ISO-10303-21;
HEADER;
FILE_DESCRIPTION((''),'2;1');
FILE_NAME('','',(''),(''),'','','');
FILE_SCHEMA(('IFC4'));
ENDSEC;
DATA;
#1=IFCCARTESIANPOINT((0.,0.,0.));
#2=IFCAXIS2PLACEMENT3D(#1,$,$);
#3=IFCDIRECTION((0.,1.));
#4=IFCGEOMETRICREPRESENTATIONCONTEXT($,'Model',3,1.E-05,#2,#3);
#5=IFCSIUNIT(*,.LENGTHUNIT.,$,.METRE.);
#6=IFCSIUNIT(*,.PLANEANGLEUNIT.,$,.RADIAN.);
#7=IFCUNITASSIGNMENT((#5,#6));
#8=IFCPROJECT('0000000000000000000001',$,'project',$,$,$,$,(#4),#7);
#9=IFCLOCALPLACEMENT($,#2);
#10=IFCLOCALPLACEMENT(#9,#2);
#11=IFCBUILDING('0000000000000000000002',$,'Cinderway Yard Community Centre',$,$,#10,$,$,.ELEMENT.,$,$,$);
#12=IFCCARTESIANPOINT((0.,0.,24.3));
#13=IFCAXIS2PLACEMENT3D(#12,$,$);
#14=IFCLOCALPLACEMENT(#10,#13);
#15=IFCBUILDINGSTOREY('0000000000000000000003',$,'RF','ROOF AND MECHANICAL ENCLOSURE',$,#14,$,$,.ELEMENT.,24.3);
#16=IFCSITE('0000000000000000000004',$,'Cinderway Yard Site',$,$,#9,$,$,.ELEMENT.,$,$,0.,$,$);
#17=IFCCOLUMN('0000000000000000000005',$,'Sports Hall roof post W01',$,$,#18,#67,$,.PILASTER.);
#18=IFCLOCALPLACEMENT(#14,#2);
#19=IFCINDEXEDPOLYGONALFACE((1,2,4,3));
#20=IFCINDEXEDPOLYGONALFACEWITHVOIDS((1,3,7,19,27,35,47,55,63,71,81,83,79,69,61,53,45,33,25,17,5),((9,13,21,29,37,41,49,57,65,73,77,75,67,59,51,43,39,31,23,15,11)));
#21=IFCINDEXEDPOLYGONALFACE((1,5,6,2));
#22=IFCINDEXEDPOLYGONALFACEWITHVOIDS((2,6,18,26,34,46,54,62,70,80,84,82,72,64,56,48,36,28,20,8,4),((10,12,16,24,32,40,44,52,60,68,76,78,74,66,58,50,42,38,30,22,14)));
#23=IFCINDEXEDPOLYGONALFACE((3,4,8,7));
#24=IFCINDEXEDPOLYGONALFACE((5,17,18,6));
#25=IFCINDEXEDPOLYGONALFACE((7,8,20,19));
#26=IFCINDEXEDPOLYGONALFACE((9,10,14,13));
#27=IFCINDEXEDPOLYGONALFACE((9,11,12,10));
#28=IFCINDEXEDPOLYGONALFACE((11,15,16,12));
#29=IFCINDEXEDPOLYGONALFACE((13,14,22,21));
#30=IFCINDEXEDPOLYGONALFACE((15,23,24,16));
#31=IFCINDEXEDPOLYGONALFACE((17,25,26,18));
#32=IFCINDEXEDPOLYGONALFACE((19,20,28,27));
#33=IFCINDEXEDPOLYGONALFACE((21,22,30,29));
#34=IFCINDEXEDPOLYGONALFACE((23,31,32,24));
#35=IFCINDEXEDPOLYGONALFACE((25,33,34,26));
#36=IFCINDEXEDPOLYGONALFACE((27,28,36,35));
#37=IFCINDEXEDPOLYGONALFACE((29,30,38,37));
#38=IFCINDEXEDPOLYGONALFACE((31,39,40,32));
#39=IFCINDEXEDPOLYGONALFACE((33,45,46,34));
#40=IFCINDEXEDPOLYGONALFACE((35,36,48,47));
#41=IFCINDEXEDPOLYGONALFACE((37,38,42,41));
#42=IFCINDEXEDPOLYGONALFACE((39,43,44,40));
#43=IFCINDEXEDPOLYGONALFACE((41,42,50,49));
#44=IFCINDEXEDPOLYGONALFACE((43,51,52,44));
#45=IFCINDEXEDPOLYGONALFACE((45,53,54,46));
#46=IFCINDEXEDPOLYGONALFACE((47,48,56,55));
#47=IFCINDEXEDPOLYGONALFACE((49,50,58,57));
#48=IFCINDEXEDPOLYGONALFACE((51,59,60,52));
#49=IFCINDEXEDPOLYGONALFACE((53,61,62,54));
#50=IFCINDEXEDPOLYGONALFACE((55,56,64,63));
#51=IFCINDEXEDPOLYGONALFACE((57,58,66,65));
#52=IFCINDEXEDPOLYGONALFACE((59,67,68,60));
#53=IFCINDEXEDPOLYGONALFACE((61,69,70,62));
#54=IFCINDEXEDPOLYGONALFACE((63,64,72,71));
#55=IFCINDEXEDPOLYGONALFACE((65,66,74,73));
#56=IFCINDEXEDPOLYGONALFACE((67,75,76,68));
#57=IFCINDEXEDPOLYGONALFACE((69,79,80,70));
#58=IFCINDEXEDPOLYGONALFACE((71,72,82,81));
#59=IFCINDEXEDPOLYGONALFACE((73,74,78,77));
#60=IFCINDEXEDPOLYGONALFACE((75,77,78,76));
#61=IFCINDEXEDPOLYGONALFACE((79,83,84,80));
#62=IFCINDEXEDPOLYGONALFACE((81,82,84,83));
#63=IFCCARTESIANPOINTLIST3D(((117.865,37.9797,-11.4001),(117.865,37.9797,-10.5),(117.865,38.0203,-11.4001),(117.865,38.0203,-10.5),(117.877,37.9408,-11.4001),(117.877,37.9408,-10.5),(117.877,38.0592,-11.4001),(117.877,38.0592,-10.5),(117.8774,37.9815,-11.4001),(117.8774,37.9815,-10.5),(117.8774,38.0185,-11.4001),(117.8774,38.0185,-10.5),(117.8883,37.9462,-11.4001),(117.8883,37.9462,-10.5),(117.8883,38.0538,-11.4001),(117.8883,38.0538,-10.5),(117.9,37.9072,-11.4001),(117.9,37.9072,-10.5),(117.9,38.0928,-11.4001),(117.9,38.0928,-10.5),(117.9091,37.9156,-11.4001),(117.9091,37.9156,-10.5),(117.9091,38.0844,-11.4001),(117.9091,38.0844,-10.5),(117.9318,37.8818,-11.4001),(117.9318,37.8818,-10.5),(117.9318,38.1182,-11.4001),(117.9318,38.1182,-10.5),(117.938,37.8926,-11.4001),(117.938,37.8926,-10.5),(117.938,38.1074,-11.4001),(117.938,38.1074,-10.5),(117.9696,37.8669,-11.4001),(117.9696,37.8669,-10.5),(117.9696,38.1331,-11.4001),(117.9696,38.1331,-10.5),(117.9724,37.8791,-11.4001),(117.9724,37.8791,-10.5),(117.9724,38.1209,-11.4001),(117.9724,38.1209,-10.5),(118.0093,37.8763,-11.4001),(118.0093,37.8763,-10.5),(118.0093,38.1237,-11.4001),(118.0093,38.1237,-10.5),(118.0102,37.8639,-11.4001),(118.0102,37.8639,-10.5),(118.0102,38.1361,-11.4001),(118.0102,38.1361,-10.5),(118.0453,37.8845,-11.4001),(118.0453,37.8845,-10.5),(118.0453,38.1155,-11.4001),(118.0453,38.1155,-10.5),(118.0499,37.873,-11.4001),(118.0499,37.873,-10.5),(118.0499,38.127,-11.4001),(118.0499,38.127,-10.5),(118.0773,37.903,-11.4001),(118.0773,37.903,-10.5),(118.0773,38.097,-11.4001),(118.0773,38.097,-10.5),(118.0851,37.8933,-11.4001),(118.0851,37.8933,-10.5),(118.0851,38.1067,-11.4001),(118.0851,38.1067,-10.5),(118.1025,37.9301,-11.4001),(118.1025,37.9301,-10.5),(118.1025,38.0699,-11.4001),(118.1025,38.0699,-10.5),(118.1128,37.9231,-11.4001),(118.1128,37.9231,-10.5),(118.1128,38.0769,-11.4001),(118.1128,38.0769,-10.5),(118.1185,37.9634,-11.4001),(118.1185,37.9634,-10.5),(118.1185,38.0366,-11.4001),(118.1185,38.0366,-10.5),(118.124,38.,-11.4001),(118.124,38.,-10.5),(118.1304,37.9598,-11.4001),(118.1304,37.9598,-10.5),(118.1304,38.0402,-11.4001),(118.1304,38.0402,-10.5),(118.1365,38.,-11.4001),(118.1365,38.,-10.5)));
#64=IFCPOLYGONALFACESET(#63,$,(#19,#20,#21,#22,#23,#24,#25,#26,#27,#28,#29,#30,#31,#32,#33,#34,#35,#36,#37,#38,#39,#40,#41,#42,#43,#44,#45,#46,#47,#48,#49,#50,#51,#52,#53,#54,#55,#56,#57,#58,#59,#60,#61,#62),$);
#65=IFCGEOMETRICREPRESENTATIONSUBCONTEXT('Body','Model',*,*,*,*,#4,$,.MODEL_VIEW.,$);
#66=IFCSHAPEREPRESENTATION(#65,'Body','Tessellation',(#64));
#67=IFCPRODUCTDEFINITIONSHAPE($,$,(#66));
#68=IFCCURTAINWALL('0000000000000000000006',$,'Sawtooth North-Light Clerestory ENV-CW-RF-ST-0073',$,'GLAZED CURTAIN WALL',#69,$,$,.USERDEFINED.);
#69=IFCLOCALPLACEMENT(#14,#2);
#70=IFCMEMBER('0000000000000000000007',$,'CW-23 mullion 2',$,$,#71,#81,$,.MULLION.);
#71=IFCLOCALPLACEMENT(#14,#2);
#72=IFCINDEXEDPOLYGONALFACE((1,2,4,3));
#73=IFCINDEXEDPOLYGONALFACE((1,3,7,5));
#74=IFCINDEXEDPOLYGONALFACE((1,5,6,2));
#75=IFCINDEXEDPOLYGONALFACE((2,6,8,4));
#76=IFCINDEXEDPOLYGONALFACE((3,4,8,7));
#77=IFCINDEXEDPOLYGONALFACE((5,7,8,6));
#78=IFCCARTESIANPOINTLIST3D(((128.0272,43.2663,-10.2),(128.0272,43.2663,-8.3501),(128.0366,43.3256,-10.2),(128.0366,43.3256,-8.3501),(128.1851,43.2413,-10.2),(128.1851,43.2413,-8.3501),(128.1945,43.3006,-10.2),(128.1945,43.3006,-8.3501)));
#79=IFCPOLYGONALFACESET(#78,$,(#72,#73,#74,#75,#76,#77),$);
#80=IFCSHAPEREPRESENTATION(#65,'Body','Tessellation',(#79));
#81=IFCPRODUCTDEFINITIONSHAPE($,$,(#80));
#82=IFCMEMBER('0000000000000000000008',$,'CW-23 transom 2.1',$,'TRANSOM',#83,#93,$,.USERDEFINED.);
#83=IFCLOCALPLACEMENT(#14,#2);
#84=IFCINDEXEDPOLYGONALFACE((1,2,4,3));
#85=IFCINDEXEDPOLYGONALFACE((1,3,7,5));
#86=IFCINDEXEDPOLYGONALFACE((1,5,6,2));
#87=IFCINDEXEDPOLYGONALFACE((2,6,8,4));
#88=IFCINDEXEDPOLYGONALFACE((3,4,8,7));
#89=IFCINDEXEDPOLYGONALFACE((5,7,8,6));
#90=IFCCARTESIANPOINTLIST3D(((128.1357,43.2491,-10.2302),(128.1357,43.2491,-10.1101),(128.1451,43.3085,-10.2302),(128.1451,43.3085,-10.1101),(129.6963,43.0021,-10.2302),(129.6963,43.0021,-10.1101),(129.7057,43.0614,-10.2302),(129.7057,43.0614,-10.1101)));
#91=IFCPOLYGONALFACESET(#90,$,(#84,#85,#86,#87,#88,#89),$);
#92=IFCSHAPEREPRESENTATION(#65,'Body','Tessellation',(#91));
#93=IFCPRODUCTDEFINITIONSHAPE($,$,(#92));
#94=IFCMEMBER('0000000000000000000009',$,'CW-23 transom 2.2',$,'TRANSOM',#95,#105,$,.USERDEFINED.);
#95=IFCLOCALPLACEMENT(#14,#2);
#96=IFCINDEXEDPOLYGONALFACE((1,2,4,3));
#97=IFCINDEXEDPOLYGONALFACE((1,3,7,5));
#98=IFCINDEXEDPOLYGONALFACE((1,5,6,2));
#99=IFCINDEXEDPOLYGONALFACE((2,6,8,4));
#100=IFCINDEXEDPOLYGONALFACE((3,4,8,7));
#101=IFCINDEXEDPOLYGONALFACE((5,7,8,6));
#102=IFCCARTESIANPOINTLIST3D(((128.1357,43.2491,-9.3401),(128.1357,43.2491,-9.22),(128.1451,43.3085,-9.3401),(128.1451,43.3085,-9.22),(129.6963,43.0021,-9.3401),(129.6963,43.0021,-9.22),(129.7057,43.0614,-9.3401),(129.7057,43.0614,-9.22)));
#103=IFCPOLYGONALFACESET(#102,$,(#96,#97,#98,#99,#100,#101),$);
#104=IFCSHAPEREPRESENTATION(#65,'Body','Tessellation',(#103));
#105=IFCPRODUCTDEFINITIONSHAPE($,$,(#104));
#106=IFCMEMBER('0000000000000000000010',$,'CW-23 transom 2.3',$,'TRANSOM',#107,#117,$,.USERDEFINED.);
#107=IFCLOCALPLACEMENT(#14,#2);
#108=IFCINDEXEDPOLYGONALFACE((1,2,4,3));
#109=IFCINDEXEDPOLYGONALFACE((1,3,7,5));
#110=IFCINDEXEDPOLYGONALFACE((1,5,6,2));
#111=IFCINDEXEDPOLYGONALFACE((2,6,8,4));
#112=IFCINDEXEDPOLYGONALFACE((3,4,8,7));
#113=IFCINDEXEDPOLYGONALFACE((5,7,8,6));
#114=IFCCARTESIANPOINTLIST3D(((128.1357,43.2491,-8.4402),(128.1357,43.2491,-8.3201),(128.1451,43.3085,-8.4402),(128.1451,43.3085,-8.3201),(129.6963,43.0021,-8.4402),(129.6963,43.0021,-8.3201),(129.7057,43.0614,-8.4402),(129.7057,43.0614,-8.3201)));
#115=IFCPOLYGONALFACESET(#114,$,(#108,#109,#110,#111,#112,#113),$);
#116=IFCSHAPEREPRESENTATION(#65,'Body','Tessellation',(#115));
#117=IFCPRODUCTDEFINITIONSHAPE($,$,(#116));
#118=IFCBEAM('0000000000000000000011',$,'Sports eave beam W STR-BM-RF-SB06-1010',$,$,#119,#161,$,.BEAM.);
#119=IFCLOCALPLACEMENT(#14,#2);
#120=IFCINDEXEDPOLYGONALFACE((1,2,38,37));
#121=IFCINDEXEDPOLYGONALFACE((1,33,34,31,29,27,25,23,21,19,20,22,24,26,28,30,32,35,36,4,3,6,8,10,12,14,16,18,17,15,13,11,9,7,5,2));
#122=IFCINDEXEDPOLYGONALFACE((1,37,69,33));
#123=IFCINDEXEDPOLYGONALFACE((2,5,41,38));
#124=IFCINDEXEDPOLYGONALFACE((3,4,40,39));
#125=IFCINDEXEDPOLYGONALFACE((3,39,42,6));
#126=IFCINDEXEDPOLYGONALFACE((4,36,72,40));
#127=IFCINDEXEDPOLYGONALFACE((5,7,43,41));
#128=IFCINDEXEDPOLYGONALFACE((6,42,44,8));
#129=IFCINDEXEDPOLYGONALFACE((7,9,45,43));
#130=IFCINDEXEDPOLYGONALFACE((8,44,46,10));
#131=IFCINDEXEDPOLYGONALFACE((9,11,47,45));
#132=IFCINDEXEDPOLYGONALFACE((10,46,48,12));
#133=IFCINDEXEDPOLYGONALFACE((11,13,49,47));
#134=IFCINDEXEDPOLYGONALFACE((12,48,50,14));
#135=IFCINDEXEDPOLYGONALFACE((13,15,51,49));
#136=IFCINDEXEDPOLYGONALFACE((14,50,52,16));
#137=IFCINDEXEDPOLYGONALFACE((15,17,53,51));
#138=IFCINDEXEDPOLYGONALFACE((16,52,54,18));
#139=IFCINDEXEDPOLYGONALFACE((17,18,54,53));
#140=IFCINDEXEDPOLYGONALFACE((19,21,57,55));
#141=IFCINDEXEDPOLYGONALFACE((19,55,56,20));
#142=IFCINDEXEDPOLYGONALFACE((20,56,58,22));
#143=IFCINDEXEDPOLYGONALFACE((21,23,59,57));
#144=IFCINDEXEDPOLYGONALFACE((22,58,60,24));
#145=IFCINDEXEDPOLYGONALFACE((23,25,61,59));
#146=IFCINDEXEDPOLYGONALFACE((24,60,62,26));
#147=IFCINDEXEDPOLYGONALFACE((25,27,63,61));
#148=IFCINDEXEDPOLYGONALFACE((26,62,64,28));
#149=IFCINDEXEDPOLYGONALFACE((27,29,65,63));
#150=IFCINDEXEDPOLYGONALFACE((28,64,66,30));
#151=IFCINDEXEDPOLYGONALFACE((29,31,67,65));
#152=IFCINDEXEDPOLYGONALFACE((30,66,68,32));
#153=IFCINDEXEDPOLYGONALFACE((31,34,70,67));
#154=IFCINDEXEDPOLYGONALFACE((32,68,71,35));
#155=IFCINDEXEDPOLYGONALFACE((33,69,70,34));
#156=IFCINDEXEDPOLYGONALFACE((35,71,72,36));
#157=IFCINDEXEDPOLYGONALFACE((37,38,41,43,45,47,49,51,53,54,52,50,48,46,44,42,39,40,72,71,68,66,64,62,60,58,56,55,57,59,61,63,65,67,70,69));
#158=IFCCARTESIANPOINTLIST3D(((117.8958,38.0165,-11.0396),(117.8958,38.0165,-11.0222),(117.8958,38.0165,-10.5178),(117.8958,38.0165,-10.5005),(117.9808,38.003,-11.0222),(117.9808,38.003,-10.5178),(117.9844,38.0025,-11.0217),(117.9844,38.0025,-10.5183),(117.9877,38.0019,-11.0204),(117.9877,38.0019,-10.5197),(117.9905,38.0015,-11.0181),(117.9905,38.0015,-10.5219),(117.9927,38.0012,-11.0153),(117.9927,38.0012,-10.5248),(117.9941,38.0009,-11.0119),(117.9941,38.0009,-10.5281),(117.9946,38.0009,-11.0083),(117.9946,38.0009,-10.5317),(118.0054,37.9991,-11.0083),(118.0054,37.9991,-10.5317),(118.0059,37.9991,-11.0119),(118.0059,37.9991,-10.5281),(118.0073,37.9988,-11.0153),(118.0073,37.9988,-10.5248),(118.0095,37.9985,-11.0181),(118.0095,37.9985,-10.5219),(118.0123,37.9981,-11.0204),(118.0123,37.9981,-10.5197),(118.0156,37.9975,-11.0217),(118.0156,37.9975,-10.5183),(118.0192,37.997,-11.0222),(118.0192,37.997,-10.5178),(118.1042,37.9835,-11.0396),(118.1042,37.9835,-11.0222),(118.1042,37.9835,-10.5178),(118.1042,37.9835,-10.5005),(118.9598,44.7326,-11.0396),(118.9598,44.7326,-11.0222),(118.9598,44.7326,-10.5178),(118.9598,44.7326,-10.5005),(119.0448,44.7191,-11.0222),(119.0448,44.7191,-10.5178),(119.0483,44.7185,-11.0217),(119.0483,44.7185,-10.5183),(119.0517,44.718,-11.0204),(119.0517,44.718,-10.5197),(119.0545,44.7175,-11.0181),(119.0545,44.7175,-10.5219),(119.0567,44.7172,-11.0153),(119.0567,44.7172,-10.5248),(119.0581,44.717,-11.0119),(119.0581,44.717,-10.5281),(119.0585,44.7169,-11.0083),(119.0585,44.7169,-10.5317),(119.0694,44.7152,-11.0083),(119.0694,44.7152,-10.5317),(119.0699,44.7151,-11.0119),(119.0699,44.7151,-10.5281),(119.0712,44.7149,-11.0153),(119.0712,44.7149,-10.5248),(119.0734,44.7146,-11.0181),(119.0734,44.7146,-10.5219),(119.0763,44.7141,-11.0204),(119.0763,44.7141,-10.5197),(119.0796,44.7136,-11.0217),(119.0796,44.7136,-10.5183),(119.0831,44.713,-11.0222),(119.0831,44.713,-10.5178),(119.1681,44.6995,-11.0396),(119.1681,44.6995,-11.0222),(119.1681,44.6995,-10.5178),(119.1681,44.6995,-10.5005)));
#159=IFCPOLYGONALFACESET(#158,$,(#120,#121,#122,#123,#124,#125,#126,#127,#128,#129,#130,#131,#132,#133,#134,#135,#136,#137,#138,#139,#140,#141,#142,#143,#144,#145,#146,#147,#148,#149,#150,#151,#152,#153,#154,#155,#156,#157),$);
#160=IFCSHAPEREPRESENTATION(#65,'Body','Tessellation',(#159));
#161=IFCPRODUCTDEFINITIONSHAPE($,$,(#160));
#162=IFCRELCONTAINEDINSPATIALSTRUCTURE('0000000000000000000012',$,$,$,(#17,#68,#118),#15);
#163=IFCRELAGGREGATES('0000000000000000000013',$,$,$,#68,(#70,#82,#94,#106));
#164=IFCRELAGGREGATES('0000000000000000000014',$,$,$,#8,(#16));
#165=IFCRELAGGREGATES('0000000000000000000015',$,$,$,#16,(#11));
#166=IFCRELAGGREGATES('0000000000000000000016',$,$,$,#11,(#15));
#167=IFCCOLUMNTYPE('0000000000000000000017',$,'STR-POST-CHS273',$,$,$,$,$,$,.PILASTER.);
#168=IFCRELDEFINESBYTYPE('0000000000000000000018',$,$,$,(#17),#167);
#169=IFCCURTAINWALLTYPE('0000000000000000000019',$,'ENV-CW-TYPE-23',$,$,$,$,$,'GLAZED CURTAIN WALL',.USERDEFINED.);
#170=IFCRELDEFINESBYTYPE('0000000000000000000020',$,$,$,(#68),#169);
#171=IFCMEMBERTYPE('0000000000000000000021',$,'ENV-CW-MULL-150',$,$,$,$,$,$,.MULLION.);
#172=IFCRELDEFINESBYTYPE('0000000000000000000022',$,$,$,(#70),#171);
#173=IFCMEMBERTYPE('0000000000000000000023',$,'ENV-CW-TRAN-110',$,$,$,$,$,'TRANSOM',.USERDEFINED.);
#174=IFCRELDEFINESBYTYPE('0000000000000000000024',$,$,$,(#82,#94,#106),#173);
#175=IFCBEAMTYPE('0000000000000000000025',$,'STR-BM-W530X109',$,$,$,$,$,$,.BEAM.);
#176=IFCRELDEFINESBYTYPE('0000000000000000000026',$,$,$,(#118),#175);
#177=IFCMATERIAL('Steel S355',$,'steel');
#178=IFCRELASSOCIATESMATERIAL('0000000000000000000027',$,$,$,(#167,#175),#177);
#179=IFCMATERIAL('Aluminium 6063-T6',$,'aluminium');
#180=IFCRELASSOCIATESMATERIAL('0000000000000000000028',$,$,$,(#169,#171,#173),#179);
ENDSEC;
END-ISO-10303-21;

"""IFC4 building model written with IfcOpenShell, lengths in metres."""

from ifc_helpers import new_model, si_unit, direction, frame, origin, origin_2d, place, context, subcontext, project, spatial, rectangle, hollow_circle, i_section, extrude, material, material_profile, profile_set, type_object, element, aggregate, save


model = new_model("IFC4")

# Units and contexts
model_context = context("Model", 3, precision=1e-05, world=origin(), true_north=direction((0.0, 1.0)))
body_context = subcontext(model_context, "Body", "Model", "MODEL_VIEW")
ifc_project = project(units=[si_unit("LENGTHUNIT", "METRE"), si_unit("PLANEANGLEUNIT", "RADIAN")], contexts=[model_context])

# Site, building, storey
site_placement = place(None, origin())
site = spatial("IfcSite", under=ifc_project, at=site_placement, Name="Cinderway Yard Site", CompositionType="ELEMENT", RefElevation=0.0)
building_placement = place(site_placement, origin())
building = spatial("IfcBuilding", under=site, at=building_placement, Name="Cinderway Yard Community Centre", CompositionType="ELEMENT")
storey_placement = place(building_placement, frame((0.0, 0.0, 24.3)))
storey = spatial("IfcBuildingStorey", under=building, at=storey_placement, Name="RF", Description="ROOF AND MECHANICAL ENCLOSURE", CompositionType="ELEMENT", Elevation=24.3)

# Column
ifc_material_1 = material(Name="Steel S355", Category="steel")
ifc_material_profile_1 = material_profile(ifc_material_1, hollow_circle(Radius=0.1365, WallThickness=0.0125, at=origin_2d()), Name="Steel S355")
ifc_profile_set_1 = profile_set([ifc_material_profile_1], Name="Steel S355")
column_type = type_object("IfcColumnType", Name="STR-POST-CHS273", PredefinedType="PILASTER", material=ifc_profile_set_1)
column_placement = place(storey_placement, frame((118.0, 38.0, -11.4001), z_axis=(0.0, 0.0, 1.0), x_axis=(1.0, 0.0, 0.0)))
element("IfcColumn", 1, at=column_placement, inside=storey, type_object=column_type, Name="Sports Hall roof post W01", PredefinedType="PILASTER", context=body_context, shape_type="SweptSolid", body=[
    extrude(hollow_circle(Radius=0.1365, WallThickness=0.0125, at=origin_2d()), origin(), (0.0, 0.0, 1.0), 0.9001),
])

# Curtain wall, members
ifc_material_2 = material(Name="Aluminium 6063-T6", Category="aluminium")
curtain_wall_type = type_object("IfcCurtainWallType", Name="ENV-CW-TYPE-23", ElementType="GLAZED CURTAIN WALL", PredefinedType="USERDEFINED", material=ifc_material_2)
curtain_wall_placement = place(storey_placement, origin())
curtain_wall = element("IfcCurtainWall", 2, at=curtain_wall_placement, inside=storey, type_object=curtain_wall_type, Name="Sawtooth North-Light Clerestory ENV-CW-RF-ST-0073", ObjectType="GLAZED CURTAIN WALL", PredefinedType="USERDEFINED")
ifc_material_profile_2 = material_profile(ifc_material_2, rectangle(XDim=0.0601, YDim=0.1599, at=origin_2d()), Name="Aluminium 6063-T6")
ifc_profile_set_2 = profile_set([ifc_material_profile_2], Name="Aluminium 6063-T6")
member_type_1 = type_object("IfcMemberType", Name="ENV-CW-MULL-150", PredefinedType="MULLION", material=ifc_profile_set_2)
member_1_placement = place(storey_placement, frame((128.1108, 43.2834, -10.2), z_axis=(0.0, 0.0, 1.0), x_axis=(0.156409, 0.987692, 0.0)))
member_1 = element("IfcMember", 3, at=member_1_placement, type_object=member_type_1, Name="CW-23 mullion 2", PredefinedType="MULLION", context=body_context, shape_type="SweptSolid", body=[
    extrude(rectangle(XDim=0.0601, YDim=0.1599, at=origin_2d()), origin(), (0.0, 0.0, 1.0), 1.8499),
])
ifc_material_profile_3 = material_profile(ifc_material_2, rectangle(XDim=0.0601, YDim=0.1201, at=origin_2d()), Name="Aluminium 6063-T6")
ifc_profile_set_3 = profile_set([ifc_material_profile_3], Name="Aluminium 6063-T6")
member_type_2 = type_object("IfcMemberType", Name="ENV-CW-TRAN-110", ElementType="TRANSOM", PredefinedType="USERDEFINED", material=ifc_profile_set_3)
member_2_placement = place(storey_placement, frame((128.1404, 43.2788, -10.1702), z_axis=(0.987698, -0.156375, 0.0), x_axis=(0.156375, 0.987698, 0.0)))
member_2 = element("IfcMember", 4, at=member_2_placement, type_object=member_type_2, Name="CW-23 transom 2.1", ObjectType="TRANSOM", PredefinedType="USERDEFINED", context=body_context, shape_type="SweptSolid", body=[
    extrude(rectangle(XDim=0.0601, YDim=0.1201, at=origin_2d()), origin(), (0.0, 0.0, 1.0), 1.5801),
])
member_3_placement = place(storey_placement, frame((128.1404, 43.2788, -9.28), z_axis=(0.987698, -0.156375, 0.0), x_axis=(0.156375, 0.987698, 0.0)))
member_3 = element("IfcMember", 5, at=member_3_placement, type_object=member_type_2, Name="CW-23 transom 2.2", ObjectType="TRANSOM", PredefinedType="USERDEFINED", context=body_context, shape_type="SweptSolid", body=[
    extrude(rectangle(XDim=0.0601, YDim=0.1201, at=origin_2d()), origin(), (0.0, 0.0, 1.0), 1.5801),
])
member_4_placement = place(storey_placement, frame((128.1404, 43.2788, -8.3801), z_axis=(0.987698, -0.156375, 0.0), x_axis=(0.156375, 0.987698, 0.0)))
member_4 = element("IfcMember", 6, at=member_4_placement, type_object=member_type_2, Name="CW-23 transom 2.3", ObjectType="TRANSOM", PredefinedType="USERDEFINED", context=body_context, shape_type="SweptSolid", body=[
    extrude(rectangle(XDim=0.0601, YDim=0.1201, at=origin_2d()), origin(), (0.0, 0.0, 1.0), 1.5801),
])

# Beam
ifc_material_profile_4 = material_profile(ifc_material_1, i_section(OverallWidth=0.2109, OverallDepth=0.5391, WebThickness=0.011, FlangeThickness=0.0173, FilletRadius=0.0139, at=origin_2d()), Name="Steel S355")
ifc_profile_set_4 = profile_set([ifc_material_profile_4], Name="Steel S355")
beam_type_1 = type_object("IfcBeamType", Name="STR-BM-W530X109", PredefinedType="BEAM", material=ifc_profile_set_4)
beam_1_placement = place(storey_placement, frame((118.0, 38.0, -10.77), z_axis=(0.15647, 0.987683, 0.0), x_axis=(-0.987683, 0.15647, 0.0)))
element("IfcBeam", 7, at=beam_1_placement, inside=storey, type_object=beam_type_1, Name="Sports eave beam W STR-BM-RF-SB06-1010", PredefinedType="BEAM", context=body_context, shape_type="SweptSolid", body=[
    extrude(i_section(OverallWidth=0.2109, OverallDepth=0.5391, WebThickness=0.011, FlangeThickness=0.0173, FilletRadius=0.0139, at=origin_2d()), origin(), (0.0, 0.0, 1.0), 6.7998),
])

aggregate(curtain_wall, [member_1, member_2, member_3, member_4])

save(model, "model.ifc")
